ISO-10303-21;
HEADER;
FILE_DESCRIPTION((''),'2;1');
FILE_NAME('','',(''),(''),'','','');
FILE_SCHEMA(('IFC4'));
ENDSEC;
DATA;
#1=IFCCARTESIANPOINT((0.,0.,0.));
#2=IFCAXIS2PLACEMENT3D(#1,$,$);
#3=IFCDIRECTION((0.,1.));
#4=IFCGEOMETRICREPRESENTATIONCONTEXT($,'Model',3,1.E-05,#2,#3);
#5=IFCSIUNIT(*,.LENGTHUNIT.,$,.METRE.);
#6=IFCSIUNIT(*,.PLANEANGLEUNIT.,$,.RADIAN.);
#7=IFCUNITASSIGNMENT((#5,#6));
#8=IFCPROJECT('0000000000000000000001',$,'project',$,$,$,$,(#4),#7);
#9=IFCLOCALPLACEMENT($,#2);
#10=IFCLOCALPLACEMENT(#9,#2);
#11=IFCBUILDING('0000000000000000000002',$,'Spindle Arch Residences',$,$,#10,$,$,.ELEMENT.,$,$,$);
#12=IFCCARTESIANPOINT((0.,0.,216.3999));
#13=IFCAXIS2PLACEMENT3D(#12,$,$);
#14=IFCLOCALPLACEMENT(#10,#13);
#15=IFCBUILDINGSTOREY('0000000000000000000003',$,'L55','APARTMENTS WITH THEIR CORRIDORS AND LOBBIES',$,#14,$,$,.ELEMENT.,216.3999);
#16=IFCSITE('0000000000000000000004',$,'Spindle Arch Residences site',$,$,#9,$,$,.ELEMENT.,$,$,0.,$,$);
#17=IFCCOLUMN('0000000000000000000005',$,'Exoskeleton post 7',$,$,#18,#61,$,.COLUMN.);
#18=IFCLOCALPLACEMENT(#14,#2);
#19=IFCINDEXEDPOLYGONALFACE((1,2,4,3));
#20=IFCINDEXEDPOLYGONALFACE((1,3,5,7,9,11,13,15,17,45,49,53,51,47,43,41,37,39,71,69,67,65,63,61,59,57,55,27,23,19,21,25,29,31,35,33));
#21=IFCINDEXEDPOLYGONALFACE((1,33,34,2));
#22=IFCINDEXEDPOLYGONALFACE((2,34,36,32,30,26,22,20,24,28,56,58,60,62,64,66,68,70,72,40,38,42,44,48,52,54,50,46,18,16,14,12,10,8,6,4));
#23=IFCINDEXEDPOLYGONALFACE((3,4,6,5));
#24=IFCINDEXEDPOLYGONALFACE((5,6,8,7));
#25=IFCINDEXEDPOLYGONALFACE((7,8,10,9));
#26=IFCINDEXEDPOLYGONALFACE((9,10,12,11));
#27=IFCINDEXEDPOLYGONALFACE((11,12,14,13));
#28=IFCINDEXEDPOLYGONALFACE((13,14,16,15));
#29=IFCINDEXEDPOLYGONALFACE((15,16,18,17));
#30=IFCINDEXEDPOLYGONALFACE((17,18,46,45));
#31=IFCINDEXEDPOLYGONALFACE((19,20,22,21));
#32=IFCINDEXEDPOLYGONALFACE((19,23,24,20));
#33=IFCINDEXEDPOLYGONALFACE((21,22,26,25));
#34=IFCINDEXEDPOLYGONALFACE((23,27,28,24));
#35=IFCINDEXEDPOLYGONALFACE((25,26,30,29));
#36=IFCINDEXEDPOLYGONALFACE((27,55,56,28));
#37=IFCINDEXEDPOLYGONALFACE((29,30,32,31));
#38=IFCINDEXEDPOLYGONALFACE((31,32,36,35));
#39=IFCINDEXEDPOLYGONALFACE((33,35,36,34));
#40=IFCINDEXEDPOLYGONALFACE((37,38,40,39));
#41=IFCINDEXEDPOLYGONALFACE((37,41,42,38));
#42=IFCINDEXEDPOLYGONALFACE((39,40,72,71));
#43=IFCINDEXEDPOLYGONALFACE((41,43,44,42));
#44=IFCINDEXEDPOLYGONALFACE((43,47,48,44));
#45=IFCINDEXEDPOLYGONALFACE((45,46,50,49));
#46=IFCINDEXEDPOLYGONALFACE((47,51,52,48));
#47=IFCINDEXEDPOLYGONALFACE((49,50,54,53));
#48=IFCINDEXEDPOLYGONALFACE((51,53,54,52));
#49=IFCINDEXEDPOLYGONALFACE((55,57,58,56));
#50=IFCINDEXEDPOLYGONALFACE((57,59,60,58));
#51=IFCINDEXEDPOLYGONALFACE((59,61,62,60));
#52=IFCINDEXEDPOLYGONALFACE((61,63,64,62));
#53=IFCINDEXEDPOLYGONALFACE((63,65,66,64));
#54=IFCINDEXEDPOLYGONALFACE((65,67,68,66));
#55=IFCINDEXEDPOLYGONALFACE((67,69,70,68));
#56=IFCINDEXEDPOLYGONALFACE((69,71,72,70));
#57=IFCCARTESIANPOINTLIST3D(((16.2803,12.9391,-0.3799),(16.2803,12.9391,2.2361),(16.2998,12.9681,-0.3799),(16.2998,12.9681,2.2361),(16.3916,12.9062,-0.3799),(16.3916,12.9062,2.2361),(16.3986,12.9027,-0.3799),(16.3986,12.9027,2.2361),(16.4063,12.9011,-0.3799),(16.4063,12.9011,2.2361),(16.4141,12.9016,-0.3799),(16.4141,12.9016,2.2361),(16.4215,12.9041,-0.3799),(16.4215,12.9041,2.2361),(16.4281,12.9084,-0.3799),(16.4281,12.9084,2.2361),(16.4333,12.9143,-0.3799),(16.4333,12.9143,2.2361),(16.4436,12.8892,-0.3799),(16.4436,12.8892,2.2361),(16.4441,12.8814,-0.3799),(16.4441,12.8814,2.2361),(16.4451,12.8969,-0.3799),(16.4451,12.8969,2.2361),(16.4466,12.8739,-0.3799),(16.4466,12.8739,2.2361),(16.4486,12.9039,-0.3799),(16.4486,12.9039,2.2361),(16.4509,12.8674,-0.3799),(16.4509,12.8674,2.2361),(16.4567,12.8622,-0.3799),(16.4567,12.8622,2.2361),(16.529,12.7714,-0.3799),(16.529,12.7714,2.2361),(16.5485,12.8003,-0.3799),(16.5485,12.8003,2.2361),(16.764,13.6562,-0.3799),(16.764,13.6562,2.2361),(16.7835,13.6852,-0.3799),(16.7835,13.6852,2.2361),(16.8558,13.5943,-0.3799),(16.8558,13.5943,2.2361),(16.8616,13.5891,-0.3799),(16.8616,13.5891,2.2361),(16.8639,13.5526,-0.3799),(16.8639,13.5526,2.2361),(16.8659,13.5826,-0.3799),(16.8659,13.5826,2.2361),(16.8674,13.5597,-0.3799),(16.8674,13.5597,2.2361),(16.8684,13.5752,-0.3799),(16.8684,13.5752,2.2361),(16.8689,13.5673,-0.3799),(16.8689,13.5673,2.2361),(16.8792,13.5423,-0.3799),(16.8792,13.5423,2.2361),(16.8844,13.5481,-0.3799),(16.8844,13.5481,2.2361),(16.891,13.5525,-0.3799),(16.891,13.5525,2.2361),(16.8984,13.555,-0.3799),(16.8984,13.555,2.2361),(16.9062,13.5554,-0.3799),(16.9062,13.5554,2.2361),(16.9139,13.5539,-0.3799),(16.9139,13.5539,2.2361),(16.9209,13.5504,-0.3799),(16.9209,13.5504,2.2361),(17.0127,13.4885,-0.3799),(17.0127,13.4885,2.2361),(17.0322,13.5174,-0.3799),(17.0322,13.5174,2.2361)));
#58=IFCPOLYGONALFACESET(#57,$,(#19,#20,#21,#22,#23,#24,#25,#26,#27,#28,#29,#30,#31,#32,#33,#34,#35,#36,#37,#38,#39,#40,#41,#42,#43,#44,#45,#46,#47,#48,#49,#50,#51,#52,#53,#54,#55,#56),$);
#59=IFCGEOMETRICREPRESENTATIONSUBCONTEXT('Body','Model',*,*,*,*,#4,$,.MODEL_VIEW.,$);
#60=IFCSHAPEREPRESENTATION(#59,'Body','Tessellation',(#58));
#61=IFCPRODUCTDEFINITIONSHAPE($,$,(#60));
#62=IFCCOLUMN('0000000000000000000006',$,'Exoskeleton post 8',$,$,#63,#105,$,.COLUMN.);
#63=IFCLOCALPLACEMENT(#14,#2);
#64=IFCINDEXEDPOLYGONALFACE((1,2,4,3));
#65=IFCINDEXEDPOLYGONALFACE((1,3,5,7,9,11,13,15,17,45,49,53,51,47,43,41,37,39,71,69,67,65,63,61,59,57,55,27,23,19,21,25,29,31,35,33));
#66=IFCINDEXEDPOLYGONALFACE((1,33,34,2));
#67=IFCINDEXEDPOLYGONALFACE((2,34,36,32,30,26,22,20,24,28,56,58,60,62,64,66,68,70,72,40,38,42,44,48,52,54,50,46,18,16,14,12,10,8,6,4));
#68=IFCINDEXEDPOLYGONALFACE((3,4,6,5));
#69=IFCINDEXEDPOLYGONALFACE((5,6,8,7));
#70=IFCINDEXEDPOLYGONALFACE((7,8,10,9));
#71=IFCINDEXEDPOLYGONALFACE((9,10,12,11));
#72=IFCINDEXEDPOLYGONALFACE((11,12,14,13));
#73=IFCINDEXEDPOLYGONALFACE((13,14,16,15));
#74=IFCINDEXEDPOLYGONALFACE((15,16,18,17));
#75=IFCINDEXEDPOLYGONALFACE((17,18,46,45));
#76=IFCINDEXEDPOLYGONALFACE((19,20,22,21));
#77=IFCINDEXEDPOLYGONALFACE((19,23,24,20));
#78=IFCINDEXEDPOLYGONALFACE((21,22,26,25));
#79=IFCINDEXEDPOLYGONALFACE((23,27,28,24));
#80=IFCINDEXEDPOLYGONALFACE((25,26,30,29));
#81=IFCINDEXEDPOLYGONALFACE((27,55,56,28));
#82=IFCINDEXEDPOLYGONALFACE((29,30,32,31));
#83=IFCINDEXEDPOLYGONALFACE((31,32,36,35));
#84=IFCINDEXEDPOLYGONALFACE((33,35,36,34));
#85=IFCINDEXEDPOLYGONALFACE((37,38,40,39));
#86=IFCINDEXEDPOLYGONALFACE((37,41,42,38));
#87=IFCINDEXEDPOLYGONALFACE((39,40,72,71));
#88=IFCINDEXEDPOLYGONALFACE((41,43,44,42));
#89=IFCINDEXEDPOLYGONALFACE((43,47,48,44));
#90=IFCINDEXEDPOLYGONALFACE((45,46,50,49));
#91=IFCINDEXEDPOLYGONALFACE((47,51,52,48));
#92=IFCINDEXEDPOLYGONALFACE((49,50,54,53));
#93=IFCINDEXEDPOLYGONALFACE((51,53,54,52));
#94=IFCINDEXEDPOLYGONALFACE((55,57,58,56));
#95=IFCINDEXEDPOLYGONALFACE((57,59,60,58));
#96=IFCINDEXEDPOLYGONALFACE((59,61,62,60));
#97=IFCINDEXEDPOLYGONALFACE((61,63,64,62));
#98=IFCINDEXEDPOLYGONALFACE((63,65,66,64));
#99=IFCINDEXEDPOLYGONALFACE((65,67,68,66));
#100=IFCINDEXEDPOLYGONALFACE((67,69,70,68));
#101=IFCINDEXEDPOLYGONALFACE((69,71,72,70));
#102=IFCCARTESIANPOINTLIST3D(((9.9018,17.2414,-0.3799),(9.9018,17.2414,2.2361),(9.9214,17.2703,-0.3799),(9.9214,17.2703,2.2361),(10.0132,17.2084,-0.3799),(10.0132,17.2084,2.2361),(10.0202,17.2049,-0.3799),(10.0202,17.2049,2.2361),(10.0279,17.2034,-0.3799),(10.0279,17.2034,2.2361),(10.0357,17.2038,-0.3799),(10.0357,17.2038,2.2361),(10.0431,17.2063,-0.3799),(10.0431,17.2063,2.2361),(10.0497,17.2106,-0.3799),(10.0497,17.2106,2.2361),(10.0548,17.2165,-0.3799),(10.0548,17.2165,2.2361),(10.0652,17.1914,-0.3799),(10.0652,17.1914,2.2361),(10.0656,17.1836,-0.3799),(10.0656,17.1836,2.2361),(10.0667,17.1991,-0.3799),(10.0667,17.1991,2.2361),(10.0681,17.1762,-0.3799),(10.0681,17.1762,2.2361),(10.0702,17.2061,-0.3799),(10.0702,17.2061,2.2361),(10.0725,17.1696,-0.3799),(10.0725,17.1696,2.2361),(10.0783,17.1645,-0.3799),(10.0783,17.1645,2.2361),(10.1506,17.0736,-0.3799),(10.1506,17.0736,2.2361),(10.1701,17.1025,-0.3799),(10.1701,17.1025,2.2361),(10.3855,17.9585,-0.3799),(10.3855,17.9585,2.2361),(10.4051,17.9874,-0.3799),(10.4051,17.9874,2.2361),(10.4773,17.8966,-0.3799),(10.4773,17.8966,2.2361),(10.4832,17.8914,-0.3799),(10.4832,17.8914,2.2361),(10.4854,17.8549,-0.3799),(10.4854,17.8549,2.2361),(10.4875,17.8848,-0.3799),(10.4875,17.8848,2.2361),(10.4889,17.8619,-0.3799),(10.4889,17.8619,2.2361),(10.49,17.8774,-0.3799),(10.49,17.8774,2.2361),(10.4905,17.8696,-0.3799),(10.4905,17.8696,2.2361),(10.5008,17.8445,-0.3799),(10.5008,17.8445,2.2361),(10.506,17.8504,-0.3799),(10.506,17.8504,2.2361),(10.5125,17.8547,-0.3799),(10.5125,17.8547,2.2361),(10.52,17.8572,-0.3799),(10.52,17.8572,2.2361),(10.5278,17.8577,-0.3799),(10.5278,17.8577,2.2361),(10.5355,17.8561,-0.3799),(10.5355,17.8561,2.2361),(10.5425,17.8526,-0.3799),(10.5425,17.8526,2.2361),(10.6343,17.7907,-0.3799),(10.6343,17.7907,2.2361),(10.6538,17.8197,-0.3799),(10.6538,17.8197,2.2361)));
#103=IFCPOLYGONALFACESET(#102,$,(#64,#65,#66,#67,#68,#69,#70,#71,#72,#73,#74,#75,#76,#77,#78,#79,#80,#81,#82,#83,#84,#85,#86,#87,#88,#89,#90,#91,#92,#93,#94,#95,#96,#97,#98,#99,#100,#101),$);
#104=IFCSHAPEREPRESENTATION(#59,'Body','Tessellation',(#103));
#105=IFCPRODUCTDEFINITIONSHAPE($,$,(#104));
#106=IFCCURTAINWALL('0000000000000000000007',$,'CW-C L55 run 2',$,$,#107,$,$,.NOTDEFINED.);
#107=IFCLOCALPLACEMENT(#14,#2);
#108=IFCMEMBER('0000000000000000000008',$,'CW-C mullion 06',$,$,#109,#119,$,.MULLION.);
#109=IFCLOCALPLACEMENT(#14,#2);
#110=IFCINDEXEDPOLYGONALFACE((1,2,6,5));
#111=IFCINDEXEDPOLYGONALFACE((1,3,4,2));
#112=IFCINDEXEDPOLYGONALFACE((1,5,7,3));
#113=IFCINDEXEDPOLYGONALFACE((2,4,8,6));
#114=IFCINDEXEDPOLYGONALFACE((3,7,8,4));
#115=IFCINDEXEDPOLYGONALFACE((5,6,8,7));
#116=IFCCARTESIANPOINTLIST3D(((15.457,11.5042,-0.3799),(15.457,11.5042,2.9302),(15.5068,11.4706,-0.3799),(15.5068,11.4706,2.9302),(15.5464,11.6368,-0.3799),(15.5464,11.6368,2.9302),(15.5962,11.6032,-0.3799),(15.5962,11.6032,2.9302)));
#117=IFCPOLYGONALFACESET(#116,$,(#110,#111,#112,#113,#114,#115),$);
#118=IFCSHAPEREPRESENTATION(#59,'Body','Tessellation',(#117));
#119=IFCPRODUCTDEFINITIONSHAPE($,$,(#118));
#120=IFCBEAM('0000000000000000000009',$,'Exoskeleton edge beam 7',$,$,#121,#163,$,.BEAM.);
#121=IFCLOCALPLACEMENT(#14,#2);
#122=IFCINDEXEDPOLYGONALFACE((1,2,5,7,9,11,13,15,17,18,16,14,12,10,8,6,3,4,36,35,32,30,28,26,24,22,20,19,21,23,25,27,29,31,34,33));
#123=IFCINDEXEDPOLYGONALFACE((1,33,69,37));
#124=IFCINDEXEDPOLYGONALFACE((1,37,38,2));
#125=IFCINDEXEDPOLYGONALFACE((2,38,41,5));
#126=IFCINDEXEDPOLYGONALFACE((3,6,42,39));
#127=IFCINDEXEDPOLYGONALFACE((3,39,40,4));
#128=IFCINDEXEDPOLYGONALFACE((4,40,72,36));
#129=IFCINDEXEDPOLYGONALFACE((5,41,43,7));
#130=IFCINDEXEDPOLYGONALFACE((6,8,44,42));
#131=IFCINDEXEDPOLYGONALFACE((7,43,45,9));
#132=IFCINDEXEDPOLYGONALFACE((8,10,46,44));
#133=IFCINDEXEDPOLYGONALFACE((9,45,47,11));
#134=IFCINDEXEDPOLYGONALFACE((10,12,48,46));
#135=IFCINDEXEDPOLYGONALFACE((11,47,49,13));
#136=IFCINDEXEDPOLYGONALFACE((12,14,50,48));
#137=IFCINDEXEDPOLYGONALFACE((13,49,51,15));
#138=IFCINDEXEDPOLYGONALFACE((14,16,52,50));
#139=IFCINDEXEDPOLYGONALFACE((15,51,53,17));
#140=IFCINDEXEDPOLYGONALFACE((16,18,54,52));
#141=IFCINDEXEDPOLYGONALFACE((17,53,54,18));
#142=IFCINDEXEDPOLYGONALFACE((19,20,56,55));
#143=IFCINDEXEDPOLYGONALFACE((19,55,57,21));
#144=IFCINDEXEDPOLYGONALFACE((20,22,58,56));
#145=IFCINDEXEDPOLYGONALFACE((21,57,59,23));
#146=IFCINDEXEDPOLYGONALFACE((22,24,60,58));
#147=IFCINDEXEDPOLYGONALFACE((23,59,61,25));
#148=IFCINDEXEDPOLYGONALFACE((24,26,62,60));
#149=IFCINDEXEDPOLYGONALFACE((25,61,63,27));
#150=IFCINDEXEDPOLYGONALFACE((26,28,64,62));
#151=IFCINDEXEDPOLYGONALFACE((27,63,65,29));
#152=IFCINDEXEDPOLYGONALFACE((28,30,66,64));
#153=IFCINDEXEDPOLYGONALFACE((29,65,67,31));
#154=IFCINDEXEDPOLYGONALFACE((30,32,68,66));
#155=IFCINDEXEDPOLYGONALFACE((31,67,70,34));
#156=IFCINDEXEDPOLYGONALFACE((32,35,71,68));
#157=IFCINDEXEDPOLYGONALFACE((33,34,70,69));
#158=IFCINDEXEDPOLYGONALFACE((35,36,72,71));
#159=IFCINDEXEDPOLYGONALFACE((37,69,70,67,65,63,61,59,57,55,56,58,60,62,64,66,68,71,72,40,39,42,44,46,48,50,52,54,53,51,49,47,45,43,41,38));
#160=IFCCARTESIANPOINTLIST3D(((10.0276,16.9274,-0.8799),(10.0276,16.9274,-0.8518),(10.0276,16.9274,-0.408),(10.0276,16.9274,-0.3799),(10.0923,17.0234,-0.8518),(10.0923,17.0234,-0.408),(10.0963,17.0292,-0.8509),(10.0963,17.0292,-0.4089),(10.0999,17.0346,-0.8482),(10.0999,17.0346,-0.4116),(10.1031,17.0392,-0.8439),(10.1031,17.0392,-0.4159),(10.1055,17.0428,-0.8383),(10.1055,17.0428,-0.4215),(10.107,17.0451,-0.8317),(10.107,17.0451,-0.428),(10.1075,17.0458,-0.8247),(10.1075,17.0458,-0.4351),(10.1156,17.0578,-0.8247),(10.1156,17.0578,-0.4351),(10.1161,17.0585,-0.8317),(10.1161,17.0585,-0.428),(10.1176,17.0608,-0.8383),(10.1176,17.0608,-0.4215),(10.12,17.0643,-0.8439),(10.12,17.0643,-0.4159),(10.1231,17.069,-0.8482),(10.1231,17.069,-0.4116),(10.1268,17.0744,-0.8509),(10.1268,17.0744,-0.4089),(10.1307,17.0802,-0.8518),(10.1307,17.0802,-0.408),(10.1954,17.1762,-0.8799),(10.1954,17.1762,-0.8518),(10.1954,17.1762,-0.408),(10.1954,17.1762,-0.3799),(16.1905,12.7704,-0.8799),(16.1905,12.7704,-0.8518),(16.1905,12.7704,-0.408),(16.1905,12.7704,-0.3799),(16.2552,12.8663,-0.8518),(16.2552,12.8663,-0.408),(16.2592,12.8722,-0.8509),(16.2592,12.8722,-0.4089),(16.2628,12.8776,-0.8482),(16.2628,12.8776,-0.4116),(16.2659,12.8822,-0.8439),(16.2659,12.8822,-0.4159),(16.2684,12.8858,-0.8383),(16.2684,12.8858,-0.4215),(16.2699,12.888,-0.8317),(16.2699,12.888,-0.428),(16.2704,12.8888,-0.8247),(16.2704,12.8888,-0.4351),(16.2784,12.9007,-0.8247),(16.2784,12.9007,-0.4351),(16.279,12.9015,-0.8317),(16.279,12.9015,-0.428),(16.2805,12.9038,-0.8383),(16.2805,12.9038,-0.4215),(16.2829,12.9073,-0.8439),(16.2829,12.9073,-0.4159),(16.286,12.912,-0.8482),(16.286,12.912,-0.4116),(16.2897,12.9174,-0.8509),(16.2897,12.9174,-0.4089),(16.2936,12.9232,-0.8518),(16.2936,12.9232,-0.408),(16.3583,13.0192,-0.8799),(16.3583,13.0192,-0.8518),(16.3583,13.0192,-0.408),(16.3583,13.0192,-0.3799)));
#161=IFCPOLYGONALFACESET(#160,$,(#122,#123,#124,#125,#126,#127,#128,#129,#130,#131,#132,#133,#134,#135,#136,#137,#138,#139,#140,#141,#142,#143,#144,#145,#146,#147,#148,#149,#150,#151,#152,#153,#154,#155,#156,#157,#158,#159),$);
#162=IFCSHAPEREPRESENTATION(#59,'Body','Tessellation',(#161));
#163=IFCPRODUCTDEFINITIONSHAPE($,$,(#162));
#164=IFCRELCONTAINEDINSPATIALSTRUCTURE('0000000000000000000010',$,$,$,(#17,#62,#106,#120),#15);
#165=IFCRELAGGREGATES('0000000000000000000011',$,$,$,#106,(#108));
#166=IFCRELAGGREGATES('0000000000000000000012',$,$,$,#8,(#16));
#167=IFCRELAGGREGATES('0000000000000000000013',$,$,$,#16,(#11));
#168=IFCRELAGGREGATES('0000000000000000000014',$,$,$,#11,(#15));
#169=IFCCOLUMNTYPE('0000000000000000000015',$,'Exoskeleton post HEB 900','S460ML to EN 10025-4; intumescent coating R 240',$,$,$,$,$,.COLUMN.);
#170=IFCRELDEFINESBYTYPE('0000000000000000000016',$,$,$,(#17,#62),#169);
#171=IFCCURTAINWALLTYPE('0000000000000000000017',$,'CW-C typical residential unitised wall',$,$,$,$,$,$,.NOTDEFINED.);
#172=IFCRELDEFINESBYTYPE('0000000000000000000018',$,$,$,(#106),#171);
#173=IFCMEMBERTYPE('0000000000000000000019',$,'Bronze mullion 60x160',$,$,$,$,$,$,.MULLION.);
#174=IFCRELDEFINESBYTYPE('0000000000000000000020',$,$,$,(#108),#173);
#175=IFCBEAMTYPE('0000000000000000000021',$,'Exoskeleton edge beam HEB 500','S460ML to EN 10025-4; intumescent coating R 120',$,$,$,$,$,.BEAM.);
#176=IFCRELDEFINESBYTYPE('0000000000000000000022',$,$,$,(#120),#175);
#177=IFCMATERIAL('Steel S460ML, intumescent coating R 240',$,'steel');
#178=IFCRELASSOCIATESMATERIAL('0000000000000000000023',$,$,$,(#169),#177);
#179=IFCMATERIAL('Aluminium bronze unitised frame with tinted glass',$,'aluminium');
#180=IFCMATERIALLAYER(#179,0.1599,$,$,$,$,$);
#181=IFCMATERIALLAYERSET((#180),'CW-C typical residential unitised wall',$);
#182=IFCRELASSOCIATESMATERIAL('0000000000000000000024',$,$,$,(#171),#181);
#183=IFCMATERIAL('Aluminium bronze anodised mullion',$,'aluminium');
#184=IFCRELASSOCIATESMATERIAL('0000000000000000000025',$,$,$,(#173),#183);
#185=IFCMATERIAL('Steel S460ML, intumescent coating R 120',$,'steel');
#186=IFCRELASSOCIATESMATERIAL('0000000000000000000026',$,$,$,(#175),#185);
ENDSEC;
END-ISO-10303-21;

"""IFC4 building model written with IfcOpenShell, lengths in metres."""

from ifc_helpers import new_model, si_unit, direction, frame, origin, origin_2d, place, context, subcontext, project, spatial, rectangle, i_section, extrude, material, layer, layer_set, material_profile, profile_set, type_object, element, aggregate, save


model = new_model("IFC4")

# Units and contexts
model_context = context("Model", 3, precision=1e-05, world=origin(), true_north=direction((0.0, 1.0)))
body_context = subcontext(model_context, "Body", "Model", "MODEL_VIEW")
ifc_project = project(units=[si_unit("LENGTHUNIT", "METRE"), si_unit("PLANEANGLEUNIT", "RADIAN")], contexts=[model_context])

# Site, building, storey
site_placement = place(None, origin())
site = spatial("IfcSite", under=ifc_project, at=site_placement, Name="Spindle Arch Residences site", CompositionType="ELEMENT", RefElevation=0.0)
building_placement = place(site_placement, origin())
building = spatial("IfcBuilding", under=site, at=building_placement, Name="Spindle Arch Residences", CompositionType="ELEMENT")
storey_placement = place(building_placement, frame((0.0, 0.0, 216.3999)))
storey = spatial("IfcBuildingStorey", under=building, at=storey_placement, Name="L55", Description="APARTMENTS WITH THEIR CORRIDORS AND LOBBIES", CompositionType="ELEMENT", Elevation=216.3999)

# Columns
ifc_material_1 = material(Name="Steel S460ML, intumescent coating R 240", Category="steel")
ifc_material_profile_1 = material_profile(ifc_material_1, i_section(OverallWidth=0.3, OverallDepth=0.8999, WebThickness=0.0186, FlangeThickness=0.0349, FilletRadius=0.03, at=origin_2d()), Name="HEB 900")
ifc_profile_set_1 = profile_set([ifc_material_profile_1], Name="Steel S460ML, intumescent coating R 240")
column_type = type_object("IfcColumnType", Name="Exoskeleton post HEB 900", Description="S460ML to EN 10025-4; intumescent coating R 240", PredefinedType="COLUMN", material=ifc_profile_set_1)
for number, where, z_axis, x_axis, name in (
    (1, (16.6562, 13.2283, -0.3799), (0.0, 0.0, 1.0), (0.829038, -0.559193, 0.0), "Exoskeleton post 7"),
    (2, (10.2778, 17.5305, -0.3799), (0.0, 0.0, 1.0), (0.829038, -0.559193, 0.0), "Exoskeleton post 8"),
):
    element("IfcColumn", number, at=place(storey_placement, frame(where, z_axis=z_axis, x_axis=x_axis)), inside=storey, type_object=column_type, Name=name, PredefinedType="COLUMN", context=body_context, shape_type="SweptSolid", body=[
        extrude(i_section(OverallWidth=0.3, OverallDepth=0.8999, WebThickness=0.0186, FlangeThickness=0.0349, FilletRadius=0.03, at=origin_2d()), origin(), (0.0, 0.0, 1.0), 2.616),
    ])

# Curtain wall, member
ifc_material_2 = material(Name="Aluminium bronze unitised frame with tinted glass", Category="aluminium")
ifc_layer_1 = layer(ifc_material_2, 0.1599)
ifc_layer_set_1 = layer_set([ifc_layer_1], Name="CW-C typical residential unitised wall")
curtain_wall_type = type_object("IfcCurtainWallType", Name="CW-C typical residential unitised wall", PredefinedType="NOTDEFINED", material=ifc_layer_set_1)
curtain_wall_placement = place(storey_placement, origin())
curtain_wall = element("IfcCurtainWall", 3, at=curtain_wall_placement, inside=storey, type_object=curtain_wall_type, Name="CW-C L55 run 2", PredefinedType="NOTDEFINED")
ifc_material_3 = material(Name="Aluminium bronze anodised mullion", Category="aluminium")
ifc_material_profile_2 = material_profile(ifc_material_3, rectangle(XDim=0.1599, YDim=0.0601, at=origin_2d()), Name="MU 60x160")
ifc_profile_set_2 = profile_set([ifc_material_profile_2], Name="Aluminium bronze anodised mullion")
member_type = type_object("IfcMemberType", Name="Bronze mullion 60x160", PredefinedType="MULLION", material=ifc_profile_set_2)
member_placement = place(storey_placement, frame((15.5266, 11.5537, -0.3799), z_axis=(0.0, 0.0, 1.0), x_axis=(-0.559193, -0.829038, 0.0)))
member = element("IfcMember", 4, at=member_placement, type_object=member_type, Name="CW-C mullion 06", PredefinedType="MULLION", context=body_context, shape_type="SweptSolid", body=[
    extrude(rectangle(XDim=0.1599, YDim=0.0601, at=origin_2d()), origin(), (0.0, 0.0, 1.0), 3.3101),
])

# Beam
ifc_material_4 = material(Name="Steel S460ML, intumescent coating R 120", Category="steel")
ifc_material_profile_3 = material_profile(ifc_material_4, i_section(OverallWidth=0.3, OverallDepth=0.5, WebThickness=0.0144, FlangeThickness=0.0281, FilletRadius=0.0271, at=origin_2d()), Name="HEB 500")
ifc_profile_set_3 = profile_set([ifc_material_profile_3], Name="Steel S460ML, intumescent coating R 120")
beam_type_1 = type_object("IfcBeamType", Name="Exoskeleton edge beam HEB 500", Description="S460ML to EN 10025-4; intumescent coating R 120", PredefinedType="BEAM", material=ifc_profile_set_3)
beam_1_placement = place(storey_placement, frame((16.2744, 12.8948, -0.6299), z_axis=(-0.829032, 0.559202, 0.0), x_axis=(-0.559202, -0.829032, 0.0)))
element("IfcBeam", 5, at=beam_1_placement, inside=storey, type_object=beam_type_1, Name="Exoskeleton edge beam 7", PredefinedType="BEAM", context=body_context, shape_type="SweptSolid", body=[
    extrude(i_section(OverallWidth=0.3, OverallDepth=0.5, WebThickness=0.0144, FlangeThickness=0.0281, FilletRadius=0.0271, at=origin_2d()), origin(), (0.0, 0.0, 1.0), 7.4338),
])

aggregate(curtain_wall, [member])

save(model, "model.ifc")
